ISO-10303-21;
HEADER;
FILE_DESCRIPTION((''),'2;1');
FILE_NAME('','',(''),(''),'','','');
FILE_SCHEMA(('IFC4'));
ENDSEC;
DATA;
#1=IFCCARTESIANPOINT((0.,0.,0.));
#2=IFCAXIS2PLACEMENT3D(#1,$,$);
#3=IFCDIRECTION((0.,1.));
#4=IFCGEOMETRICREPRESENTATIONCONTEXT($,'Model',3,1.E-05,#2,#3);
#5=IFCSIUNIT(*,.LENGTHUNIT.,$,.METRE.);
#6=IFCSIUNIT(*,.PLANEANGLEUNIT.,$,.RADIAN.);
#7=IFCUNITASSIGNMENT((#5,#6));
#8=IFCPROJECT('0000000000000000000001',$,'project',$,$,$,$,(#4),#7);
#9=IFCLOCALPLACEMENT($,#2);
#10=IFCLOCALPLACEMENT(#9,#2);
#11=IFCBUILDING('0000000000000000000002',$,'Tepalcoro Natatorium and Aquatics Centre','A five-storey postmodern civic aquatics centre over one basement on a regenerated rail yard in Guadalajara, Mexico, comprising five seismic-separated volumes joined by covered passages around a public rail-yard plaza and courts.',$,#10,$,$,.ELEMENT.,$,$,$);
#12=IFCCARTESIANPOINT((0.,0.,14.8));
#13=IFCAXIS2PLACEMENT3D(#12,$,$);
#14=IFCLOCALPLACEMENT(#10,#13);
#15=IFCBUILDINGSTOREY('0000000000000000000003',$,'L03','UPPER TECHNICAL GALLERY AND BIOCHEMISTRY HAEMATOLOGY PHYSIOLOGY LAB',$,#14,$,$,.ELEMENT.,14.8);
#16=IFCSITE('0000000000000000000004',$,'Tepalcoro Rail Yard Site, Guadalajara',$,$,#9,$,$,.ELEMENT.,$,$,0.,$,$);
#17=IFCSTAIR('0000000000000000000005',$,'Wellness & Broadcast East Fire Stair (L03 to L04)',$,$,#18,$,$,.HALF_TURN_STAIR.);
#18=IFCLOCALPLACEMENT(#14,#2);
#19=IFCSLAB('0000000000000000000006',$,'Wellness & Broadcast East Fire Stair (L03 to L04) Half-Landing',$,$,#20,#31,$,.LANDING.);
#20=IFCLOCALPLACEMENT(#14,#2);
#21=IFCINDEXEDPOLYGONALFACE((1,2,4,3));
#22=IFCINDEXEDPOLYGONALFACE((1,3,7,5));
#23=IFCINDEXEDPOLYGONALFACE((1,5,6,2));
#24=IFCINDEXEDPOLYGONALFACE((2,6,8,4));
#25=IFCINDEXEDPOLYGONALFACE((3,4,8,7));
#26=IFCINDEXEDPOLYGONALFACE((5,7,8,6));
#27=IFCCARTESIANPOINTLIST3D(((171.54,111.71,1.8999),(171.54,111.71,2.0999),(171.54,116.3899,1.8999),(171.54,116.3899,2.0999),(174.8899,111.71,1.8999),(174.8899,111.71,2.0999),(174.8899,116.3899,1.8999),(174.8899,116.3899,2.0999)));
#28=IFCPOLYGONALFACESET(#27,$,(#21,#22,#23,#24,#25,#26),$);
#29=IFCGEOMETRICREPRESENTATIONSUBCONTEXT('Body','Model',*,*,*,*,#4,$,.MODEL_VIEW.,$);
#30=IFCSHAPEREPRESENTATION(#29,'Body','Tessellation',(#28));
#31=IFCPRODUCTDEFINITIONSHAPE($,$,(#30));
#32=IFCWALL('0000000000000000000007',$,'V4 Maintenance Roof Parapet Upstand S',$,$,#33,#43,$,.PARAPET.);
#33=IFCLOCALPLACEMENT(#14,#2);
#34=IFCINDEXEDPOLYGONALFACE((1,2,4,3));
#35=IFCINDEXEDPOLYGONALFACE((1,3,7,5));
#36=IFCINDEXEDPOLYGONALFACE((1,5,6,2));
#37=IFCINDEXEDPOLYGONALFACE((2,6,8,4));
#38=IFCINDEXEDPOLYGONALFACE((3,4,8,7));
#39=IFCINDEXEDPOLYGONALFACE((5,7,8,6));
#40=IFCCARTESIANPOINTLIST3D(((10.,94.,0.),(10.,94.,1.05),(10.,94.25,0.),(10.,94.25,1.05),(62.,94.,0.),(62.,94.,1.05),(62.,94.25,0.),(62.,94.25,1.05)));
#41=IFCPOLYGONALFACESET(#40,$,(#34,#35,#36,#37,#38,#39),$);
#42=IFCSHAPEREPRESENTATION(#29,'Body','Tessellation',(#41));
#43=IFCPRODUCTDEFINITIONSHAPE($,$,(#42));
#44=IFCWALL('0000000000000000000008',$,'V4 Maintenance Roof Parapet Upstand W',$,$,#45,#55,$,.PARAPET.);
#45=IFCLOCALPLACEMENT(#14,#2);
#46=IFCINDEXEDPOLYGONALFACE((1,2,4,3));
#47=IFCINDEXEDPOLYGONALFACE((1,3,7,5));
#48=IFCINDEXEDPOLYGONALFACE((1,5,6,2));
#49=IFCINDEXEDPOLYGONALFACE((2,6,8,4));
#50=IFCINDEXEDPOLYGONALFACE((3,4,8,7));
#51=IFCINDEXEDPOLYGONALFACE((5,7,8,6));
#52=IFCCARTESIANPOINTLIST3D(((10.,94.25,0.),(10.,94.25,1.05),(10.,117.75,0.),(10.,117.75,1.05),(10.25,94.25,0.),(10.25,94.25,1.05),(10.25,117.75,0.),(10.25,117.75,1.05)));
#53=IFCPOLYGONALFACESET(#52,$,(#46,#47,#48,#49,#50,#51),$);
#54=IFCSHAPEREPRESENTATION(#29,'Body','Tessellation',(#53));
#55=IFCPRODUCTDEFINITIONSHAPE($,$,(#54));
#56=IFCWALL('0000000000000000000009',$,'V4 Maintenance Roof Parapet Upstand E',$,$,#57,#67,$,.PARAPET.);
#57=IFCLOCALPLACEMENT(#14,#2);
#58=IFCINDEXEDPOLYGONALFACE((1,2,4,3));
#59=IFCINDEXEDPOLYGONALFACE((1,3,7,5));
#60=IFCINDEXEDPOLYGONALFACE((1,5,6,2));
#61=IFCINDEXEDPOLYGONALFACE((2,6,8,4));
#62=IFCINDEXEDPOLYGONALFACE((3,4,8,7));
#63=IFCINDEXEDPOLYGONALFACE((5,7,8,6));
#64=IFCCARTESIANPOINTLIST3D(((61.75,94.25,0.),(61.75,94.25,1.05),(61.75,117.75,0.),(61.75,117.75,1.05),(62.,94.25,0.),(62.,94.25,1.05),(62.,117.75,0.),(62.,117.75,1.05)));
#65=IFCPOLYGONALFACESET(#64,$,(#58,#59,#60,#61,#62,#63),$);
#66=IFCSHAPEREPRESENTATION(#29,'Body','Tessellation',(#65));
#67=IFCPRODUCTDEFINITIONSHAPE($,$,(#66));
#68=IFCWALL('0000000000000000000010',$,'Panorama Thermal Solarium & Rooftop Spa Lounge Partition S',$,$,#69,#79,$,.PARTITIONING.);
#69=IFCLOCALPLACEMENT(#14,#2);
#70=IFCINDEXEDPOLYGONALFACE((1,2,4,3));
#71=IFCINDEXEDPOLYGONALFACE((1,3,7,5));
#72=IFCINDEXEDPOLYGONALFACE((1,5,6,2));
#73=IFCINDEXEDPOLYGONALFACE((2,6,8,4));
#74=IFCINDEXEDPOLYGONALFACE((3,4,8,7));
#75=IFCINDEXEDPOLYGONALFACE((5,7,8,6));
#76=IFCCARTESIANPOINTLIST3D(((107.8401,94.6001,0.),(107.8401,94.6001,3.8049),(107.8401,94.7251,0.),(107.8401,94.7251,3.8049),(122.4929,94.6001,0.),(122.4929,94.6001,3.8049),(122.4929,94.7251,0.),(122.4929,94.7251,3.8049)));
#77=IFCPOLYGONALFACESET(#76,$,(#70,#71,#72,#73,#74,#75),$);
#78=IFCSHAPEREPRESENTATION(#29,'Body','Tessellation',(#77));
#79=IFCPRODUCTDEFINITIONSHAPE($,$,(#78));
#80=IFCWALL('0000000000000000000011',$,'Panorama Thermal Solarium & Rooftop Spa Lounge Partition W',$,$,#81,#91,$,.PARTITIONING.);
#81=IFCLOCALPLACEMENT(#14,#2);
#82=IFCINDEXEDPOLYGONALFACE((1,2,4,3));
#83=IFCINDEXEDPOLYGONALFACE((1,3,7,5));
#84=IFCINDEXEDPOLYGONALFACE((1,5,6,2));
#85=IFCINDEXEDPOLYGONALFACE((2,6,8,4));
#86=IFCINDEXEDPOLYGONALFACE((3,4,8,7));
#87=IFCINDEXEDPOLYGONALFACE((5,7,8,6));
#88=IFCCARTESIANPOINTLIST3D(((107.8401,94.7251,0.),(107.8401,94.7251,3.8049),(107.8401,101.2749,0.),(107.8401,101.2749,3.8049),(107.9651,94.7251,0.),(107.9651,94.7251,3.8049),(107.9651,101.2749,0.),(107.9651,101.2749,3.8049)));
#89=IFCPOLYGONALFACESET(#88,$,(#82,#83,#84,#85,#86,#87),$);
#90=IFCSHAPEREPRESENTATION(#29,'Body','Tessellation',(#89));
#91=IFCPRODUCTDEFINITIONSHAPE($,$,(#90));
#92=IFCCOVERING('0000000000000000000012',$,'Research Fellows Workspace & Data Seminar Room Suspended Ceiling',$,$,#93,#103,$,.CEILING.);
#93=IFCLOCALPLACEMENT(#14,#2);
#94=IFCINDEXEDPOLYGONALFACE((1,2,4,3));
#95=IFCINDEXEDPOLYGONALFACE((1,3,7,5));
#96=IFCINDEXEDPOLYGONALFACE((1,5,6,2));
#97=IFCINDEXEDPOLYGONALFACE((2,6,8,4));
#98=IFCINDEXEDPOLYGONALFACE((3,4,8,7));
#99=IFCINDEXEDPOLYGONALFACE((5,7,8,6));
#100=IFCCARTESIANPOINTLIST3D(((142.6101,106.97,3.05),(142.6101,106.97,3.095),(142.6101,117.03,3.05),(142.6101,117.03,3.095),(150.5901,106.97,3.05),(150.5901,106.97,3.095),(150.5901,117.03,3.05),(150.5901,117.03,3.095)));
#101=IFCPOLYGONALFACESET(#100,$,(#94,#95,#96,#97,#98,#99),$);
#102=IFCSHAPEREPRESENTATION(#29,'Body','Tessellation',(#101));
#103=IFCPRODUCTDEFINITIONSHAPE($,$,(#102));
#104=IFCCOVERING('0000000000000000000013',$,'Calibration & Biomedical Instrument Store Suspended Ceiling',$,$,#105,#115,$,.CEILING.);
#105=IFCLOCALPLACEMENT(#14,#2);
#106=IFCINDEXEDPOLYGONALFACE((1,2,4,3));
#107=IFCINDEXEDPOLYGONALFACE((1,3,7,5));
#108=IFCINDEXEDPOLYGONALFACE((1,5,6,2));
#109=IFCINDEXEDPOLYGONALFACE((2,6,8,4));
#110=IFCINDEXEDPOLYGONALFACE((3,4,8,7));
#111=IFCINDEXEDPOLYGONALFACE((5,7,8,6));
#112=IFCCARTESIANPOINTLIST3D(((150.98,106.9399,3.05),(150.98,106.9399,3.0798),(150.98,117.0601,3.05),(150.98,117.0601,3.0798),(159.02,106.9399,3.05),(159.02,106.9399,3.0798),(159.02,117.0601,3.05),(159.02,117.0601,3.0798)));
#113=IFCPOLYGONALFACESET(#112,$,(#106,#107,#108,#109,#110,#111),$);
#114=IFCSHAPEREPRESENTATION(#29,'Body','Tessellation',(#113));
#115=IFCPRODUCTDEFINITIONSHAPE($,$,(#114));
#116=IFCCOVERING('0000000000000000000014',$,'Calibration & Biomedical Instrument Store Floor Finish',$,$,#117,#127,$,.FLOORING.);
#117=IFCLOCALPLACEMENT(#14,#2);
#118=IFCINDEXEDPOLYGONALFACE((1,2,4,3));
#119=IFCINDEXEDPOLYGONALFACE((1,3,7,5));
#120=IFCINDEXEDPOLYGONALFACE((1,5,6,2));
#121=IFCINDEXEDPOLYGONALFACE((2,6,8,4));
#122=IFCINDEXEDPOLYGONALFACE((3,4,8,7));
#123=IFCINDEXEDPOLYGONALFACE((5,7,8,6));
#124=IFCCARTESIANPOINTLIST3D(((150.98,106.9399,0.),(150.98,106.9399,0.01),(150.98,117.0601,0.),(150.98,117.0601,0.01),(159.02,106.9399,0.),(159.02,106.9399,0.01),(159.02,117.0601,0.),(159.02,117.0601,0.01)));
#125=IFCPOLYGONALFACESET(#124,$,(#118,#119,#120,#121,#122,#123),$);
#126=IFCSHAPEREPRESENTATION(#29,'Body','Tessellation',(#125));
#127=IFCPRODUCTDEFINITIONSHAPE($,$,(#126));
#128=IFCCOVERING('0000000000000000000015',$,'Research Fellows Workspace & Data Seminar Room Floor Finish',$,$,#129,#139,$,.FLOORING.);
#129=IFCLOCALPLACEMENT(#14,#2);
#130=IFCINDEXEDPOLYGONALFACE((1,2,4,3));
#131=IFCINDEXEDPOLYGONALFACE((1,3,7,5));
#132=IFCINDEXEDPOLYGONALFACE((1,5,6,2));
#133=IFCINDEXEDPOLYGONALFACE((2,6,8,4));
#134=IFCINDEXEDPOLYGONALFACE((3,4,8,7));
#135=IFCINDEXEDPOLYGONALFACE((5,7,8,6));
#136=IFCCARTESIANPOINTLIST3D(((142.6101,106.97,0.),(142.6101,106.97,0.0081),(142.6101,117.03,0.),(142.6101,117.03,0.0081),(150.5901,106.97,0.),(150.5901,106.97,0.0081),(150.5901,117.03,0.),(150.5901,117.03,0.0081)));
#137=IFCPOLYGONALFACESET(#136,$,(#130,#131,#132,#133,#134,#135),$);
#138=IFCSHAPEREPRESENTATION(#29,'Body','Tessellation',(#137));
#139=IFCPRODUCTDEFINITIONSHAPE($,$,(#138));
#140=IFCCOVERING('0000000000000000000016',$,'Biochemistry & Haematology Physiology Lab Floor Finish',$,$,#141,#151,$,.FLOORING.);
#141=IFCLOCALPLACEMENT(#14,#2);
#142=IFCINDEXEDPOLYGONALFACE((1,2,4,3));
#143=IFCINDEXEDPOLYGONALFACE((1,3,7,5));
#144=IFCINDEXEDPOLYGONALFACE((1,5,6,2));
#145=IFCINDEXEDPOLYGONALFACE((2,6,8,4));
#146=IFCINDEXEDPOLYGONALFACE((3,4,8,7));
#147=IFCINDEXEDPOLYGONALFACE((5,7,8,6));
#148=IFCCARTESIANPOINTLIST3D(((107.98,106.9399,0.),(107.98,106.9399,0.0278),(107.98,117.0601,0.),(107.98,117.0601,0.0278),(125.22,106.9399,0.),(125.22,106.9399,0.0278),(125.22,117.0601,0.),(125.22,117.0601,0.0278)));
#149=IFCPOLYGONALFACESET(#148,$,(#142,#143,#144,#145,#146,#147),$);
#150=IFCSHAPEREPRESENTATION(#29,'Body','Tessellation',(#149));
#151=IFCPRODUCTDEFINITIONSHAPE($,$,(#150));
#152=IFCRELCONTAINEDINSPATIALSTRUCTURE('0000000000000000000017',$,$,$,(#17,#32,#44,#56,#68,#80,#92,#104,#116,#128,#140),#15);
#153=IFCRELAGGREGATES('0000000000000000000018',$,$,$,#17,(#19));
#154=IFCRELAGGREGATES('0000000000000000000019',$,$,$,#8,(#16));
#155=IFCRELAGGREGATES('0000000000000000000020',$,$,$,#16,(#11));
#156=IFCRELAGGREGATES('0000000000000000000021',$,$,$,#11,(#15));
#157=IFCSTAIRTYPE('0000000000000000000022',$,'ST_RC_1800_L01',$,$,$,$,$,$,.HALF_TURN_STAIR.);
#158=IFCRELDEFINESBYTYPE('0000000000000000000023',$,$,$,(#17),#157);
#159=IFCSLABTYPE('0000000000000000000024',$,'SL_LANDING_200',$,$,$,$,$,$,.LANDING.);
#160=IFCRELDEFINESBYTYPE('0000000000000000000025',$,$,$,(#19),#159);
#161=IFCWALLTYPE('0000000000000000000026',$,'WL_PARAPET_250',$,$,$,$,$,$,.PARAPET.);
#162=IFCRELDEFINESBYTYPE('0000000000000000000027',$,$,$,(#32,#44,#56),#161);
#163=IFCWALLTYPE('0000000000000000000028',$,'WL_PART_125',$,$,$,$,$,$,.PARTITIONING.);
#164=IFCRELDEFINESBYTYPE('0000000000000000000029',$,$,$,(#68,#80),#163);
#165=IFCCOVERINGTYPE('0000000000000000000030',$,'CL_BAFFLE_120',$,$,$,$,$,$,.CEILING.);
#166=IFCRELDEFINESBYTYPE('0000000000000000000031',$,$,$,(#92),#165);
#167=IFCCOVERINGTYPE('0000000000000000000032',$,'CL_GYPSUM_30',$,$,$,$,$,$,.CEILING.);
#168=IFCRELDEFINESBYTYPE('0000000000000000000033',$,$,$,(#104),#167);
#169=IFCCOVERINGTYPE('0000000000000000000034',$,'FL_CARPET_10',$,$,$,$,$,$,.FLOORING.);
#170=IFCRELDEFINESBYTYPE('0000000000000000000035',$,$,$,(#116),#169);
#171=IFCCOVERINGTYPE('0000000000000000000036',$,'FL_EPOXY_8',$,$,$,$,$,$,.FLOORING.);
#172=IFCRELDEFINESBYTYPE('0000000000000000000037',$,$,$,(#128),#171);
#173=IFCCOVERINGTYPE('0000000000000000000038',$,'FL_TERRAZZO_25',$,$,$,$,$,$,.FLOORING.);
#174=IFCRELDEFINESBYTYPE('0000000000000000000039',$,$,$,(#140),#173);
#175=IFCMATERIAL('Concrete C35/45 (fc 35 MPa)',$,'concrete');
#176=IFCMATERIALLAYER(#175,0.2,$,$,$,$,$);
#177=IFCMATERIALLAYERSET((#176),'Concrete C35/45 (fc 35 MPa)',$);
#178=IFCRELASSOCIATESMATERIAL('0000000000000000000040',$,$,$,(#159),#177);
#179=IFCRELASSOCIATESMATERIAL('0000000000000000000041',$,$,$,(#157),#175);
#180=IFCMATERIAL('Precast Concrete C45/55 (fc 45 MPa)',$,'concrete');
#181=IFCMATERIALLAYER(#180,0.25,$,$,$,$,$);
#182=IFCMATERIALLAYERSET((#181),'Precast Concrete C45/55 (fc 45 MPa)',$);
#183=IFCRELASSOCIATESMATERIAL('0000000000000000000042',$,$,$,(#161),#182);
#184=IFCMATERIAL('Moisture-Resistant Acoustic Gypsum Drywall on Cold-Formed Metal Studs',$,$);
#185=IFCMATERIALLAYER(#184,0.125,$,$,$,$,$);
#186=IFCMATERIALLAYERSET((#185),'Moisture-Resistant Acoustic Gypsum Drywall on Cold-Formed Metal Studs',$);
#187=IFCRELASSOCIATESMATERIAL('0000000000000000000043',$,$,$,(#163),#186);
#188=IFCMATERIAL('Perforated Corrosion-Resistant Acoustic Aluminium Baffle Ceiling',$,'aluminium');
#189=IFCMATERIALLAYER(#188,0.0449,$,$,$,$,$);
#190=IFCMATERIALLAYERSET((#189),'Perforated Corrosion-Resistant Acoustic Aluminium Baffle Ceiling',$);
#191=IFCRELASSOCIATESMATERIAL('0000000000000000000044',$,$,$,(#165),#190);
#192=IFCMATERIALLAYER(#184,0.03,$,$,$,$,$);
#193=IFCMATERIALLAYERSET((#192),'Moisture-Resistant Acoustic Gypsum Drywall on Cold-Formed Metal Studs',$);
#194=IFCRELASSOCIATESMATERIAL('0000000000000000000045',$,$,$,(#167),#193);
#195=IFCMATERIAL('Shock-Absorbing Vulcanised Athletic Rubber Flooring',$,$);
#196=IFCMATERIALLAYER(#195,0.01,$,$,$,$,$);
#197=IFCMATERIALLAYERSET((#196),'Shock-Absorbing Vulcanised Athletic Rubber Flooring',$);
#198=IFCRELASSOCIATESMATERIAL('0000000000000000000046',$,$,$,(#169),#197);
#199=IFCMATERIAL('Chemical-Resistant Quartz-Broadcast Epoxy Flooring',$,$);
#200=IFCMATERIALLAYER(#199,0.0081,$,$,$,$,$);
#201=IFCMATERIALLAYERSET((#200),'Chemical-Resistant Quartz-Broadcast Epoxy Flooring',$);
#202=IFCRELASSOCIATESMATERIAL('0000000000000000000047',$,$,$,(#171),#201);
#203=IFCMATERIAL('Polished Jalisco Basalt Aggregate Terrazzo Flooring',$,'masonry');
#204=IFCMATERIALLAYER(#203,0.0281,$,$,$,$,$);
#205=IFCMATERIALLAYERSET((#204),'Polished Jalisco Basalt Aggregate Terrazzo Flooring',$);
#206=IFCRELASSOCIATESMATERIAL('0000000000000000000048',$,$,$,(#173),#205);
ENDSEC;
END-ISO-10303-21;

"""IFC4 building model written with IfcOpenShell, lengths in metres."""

from ifc_helpers import new_model, si_unit, direction, frame, frame_2d, origin, place, context, subcontext, project, spatial, polyline, rectangle, outline, extrude, material, layer, layer_set, type_object, element, aggregate, save


model = new_model("IFC4")

# Units and contexts
model_context = context("Model", 3, precision=1e-05, world=origin(), true_north=direction((0.0, 1.0)))
body_context = subcontext(model_context, "Body", "Model", "MODEL_VIEW")
ifc_project = project(units=[si_unit("LENGTHUNIT", "METRE"), si_unit("PLANEANGLEUNIT", "RADIAN")], contexts=[model_context])

# Site, building, storey
site_placement = place(None, origin())
site = spatial("IfcSite", under=ifc_project, at=site_placement, Name="Tepalcoro Rail Yard Site, Guadalajara", CompositionType="ELEMENT", RefElevation=0.0)
building_placement = place(site_placement, origin())
building = spatial("IfcBuilding", under=site, at=building_placement, Name="Tepalcoro Natatorium and Aquatics Centre", Description="A five-storey postmodern civic aquatics centre over one basement on a regenerated rail yard in Guadalajara, Mexico, comprising five seismic-separated volumes joined by covered passages around a public rail-yard plaza and courts.", CompositionType="ELEMENT")
storey_placement = place(building_placement, frame((0.0, 0.0, 14.8)))
storey = spatial("IfcBuildingStorey", under=building, at=storey_placement, Name="L03", Description="UPPER TECHNICAL GALLERY AND BIOCHEMISTRY HAEMATOLOGY PHYSIOLOGY LAB", CompositionType="ELEMENT", Elevation=14.8)

# Stair, slab
ifc_material_1 = material(Name="Concrete C35/45 (fc 35 MPa)", Category="concrete")
ifc_layer_1 = layer(ifc_material_1, 0.2)
ifc_layer_set_1 = layer_set([ifc_layer_1], Name="Concrete C35/45 (fc 35 MPa)")
slab_type = type_object("IfcSlabType", Name="SL_LANDING_200", PredefinedType="LANDING", material=ifc_layer_set_1)
stair_type_1 = type_object("IfcStairType", Name="ST_RC_1800_L01", PredefinedType="HALF_TURN_STAIR", material=ifc_material_1)
stair_1_placement = place(storey_placement, origin())
stair_1 = element("IfcStair", 1, at=stair_1_placement, inside=storey, type_object=stair_type_1, Name="Wellness & Broadcast East Fire Stair (L03 to L04)", PredefinedType="HALF_TURN_STAIR")
slab_1_placement = place(storey_placement, frame((0.0, 0.0, 1.8999)))
slab_1 = element("IfcSlab", 2, at=slab_1_placement, type_object=slab_type, Name="Wellness & Broadcast East Fire Stair (L03 to L04) Half-Landing", PredefinedType="LANDING", context=body_context, shape_type="SweptSolid", body=[
    extrude(outline(polyline([(171.54, 111.71), (174.8899, 111.71), (174.8899, 116.3899), (171.54, 116.3899), (171.54, 111.71)])), origin(), (0.0, 0.0, 1.0), 0.2),
])
aggregate(stair_1, [slab_1])

# Shared definitions
ifc_material_2 = material(Name="Precast Concrete C45/55 (fc 45 MPa)", Category="concrete")

# Walls
ifc_layer_2 = layer(ifc_material_2, 0.25)
ifc_layer_set_2 = layer_set([ifc_layer_2], Name="Precast Concrete C45/55 (fc 45 MPa)")
wall_type_1 = type_object("IfcWallType", Name="WL_PARAPET_250", PredefinedType="PARAPET", material=ifc_layer_set_2)
wall_1_placement = place(storey_placement, frame((10.0, 94.125, 0.0), z_axis=(0.0, 0.0, 1.0), x_axis=(1.0, 0.0, 0.0)))
element("IfcWall", 3, at=wall_1_placement, inside=storey, type_object=wall_type_1, Name="V4 Maintenance Roof Parapet Upstand S", PredefinedType="PARAPET", context=body_context, shape_type="SweptSolid", body=[
    extrude(rectangle(XDim=52.0, YDim=0.25, at=frame_2d((26.0, 0.0))), origin(), (0.0, 0.0, 1.0), 1.05),
])
for number, where, z_axis, x_axis, name in (
    (4, (10.125, 94.25, 0.0), (0.0, 0.0, 1.0), (0.0, 1.0, 0.0), "V4 Maintenance Roof Parapet Upstand W"),
    (5, (61.875, 94.25, 0.0), (0.0, 0.0, 1.0), (0.0, 1.0, 0.0), "V4 Maintenance Roof Parapet Upstand E"),
):
    element("IfcWall", number, at=place(storey_placement, frame(where, z_axis=z_axis, x_axis=x_axis)), inside=storey, type_object=wall_type_1, Name=name, PredefinedType="PARAPET", context=body_context, shape_type="SweptSolid", body=[
        extrude(rectangle(XDim=23.5, YDim=0.25, at=frame_2d((11.75, 0.0))), origin(), (0.0, 0.0, 1.0), 1.05),
    ])
ifc_material_3 = material(Name="Moisture-Resistant Acoustic Gypsum Drywall on Cold-Formed Metal Studs")
ifc_layer_3 = layer(ifc_material_3, 0.125)
ifc_layer_set_3 = layer_set([ifc_layer_3], Name="Moisture-Resistant Acoustic Gypsum Drywall on Cold-Formed Metal Studs")
wall_type_2 = type_object("IfcWallType", Name="WL_PART_125", PredefinedType="PARTITIONING", material=ifc_layer_set_3)
wall_2_placement = place(storey_placement, frame((107.8401, 94.6626, 0.0), z_axis=(0.0, 0.0, 1.0), x_axis=(1.0, 0.0, 0.0)))
element("IfcWall", 6, at=wall_2_placement, inside=storey, type_object=wall_type_2, Name="Panorama Thermal Solarium & Rooftop Spa Lounge Partition S", PredefinedType="PARTITIONING", context=body_context, shape_type="SweptSolid", body=[
    extrude(rectangle(XDim=14.6528, YDim=0.125, at=frame_2d((7.3264, 0.0))), origin(), (0.0, 0.0, 1.0), 3.8049),
])
wall_3_placement = place(storey_placement, frame((107.9026, 94.7251, 0.0), z_axis=(0.0, 0.0, 1.0), x_axis=(0.0, 1.0, 0.0)))
element("IfcWall", 7, at=wall_3_placement, inside=storey, type_object=wall_type_2, Name="Panorama Thermal Solarium & Rooftop Spa Lounge Partition W", PredefinedType="PARTITIONING", context=body_context, shape_type="SweptSolid", body=[
    extrude(rectangle(XDim=6.5498, YDim=0.125, at=frame_2d((3.2749, 0.0))), origin(), (0.0, 0.0, 1.0), 3.8049),
])

# Coverings
ifc_material_4 = material(Name="Perforated Corrosion-Resistant Acoustic Aluminium Baffle Ceiling", Category="aluminium")
ifc_layer_4 = layer(ifc_material_4, 0.0449)
ifc_layer_set_4 = layer_set([ifc_layer_4], Name="Perforated Corrosion-Resistant Acoustic Aluminium Baffle Ceiling")
covering_type_1 = type_object("IfcCoveringType", Name="CL_BAFFLE_120", PredefinedType="CEILING", material=ifc_layer_set_4)
covering_1_placement = place(storey_placement, frame((0.0, 0.0, 3.05)))
element("IfcCovering", 8, at=covering_1_placement, inside=storey, type_object=covering_type_1, Name="Research Fellows Workspace & Data Seminar Room Suspended Ceiling", PredefinedType="CEILING", context=body_context, shape_type="SweptSolid", body=[
    extrude(outline(polyline([(142.6101, 106.97), (142.6101, 117.03), (150.5901, 117.03), (150.5901, 106.97), (142.6101, 106.97)])), origin(), (0.0, 0.0, 1.0), 0.0449),
])
ifc_layer_5 = layer(ifc_material_3, 0.03)
ifc_layer_set_5 = layer_set([ifc_layer_5], Name="Moisture-Resistant Acoustic Gypsum Drywall on Cold-Formed Metal Studs")
covering_type_2 = type_object("IfcCoveringType", Name="CL_GYPSUM_30", PredefinedType="CEILING", material=ifc_layer_set_5)
covering_2_placement = place(storey_placement, frame((0.0, 0.0, 3.05)))
element("IfcCovering", 9, at=covering_2_placement, inside=storey, type_object=covering_type_2, Name="Calibration & Biomedical Instrument Store Suspended Ceiling", PredefinedType="CEILING", context=body_context, shape_type="SweptSolid", body=[
    extrude(outline(polyline([(150.98, 106.9399), (150.98, 117.0601), (159.02, 117.0601), (159.02, 106.9399), (150.98, 106.9399)])), origin(), (0.0, 0.0, 1.0), 0.0298),
])
ifc_material_5 = material(Name="Shock-Absorbing Vulcanised Athletic Rubber Flooring")
ifc_layer_6 = layer(ifc_material_5, 0.01)
ifc_layer_set_6 = layer_set([ifc_layer_6], Name="Shock-Absorbing Vulcanised Athletic Rubber Flooring")
covering_type_3 = type_object("IfcCoveringType", Name="FL_CARPET_10", PredefinedType="FLOORING", material=ifc_layer_set_6)
covering_3_placement = place(storey_placement, origin())
element("IfcCovering", 10, at=covering_3_placement, inside=storey, type_object=covering_type_3, Name="Calibration & Biomedical Instrument Store Floor Finish", PredefinedType="FLOORING", context=body_context, shape_type="SweptSolid", body=[
    extrude(outline(polyline([(150.98, 106.9399), (150.98, 117.0601), (159.02, 117.0601), (159.02, 106.9399), (150.98, 106.9399)])), origin(), (0.0, 0.0, 1.0), 0.01),
])
ifc_material_6 = material(Name="Chemical-Resistant Quartz-Broadcast Epoxy Flooring")
ifc_layer_7 = layer(ifc_material_6, 0.0081)
ifc_layer_set_7 = layer_set([ifc_layer_7], Name="Chemical-Resistant Quartz-Broadcast Epoxy Flooring")
covering_type_4 = type_object("IfcCoveringType", Name="FL_EPOXY_8", PredefinedType="FLOORING", material=ifc_layer_set_7)
covering_4_placement = place(storey_placement, origin())
element("IfcCovering", 11, at=covering_4_placement, inside=storey, type_object=covering_type_4, Name="Research Fellows Workspace & Data Seminar Room Floor Finish", PredefinedType="FLOORING", context=body_context, shape_type="SweptSolid", body=[
    extrude(outline(polyline([(142.6101, 106.97), (142.6101, 117.03), (150.5901, 117.03), (150.5901, 106.97), (142.6101, 106.97)])), origin(), (0.0, 0.0, 1.0), 0.0081),
])
ifc_material_7 = material(Name="Polished Jalisco Basalt Aggregate Terrazzo Flooring", Category="masonry")
ifc_layer_8 = layer(ifc_material_7, 0.0281)
ifc_layer_set_8 = layer_set([ifc_layer_8], Name="Polished Jalisco Basalt Aggregate Terrazzo Flooring")
covering_type_5 = type_object("IfcCoveringType", Name="FL_TERRAZZO_25", PredefinedType="FLOORING", material=ifc_layer_set_8)
covering_5_placement = place(storey_placement, origin())
element("IfcCovering", 12, at=covering_5_placement, inside=storey, type_object=covering_type_5, Name="Biochemistry & Haematology Physiology Lab Floor Finish", PredefinedType="FLOORING", context=body_context, shape_type="SweptSolid", body=[
    extrude(outline(polyline([(107.98, 106.9399), (107.98, 117.0601), (125.22, 117.0601), (125.22, 106.9399), (107.98, 106.9399)])), origin(), (0.0, 0.0, 1.0), 0.0278),
])

save(model, "model.ifc")
